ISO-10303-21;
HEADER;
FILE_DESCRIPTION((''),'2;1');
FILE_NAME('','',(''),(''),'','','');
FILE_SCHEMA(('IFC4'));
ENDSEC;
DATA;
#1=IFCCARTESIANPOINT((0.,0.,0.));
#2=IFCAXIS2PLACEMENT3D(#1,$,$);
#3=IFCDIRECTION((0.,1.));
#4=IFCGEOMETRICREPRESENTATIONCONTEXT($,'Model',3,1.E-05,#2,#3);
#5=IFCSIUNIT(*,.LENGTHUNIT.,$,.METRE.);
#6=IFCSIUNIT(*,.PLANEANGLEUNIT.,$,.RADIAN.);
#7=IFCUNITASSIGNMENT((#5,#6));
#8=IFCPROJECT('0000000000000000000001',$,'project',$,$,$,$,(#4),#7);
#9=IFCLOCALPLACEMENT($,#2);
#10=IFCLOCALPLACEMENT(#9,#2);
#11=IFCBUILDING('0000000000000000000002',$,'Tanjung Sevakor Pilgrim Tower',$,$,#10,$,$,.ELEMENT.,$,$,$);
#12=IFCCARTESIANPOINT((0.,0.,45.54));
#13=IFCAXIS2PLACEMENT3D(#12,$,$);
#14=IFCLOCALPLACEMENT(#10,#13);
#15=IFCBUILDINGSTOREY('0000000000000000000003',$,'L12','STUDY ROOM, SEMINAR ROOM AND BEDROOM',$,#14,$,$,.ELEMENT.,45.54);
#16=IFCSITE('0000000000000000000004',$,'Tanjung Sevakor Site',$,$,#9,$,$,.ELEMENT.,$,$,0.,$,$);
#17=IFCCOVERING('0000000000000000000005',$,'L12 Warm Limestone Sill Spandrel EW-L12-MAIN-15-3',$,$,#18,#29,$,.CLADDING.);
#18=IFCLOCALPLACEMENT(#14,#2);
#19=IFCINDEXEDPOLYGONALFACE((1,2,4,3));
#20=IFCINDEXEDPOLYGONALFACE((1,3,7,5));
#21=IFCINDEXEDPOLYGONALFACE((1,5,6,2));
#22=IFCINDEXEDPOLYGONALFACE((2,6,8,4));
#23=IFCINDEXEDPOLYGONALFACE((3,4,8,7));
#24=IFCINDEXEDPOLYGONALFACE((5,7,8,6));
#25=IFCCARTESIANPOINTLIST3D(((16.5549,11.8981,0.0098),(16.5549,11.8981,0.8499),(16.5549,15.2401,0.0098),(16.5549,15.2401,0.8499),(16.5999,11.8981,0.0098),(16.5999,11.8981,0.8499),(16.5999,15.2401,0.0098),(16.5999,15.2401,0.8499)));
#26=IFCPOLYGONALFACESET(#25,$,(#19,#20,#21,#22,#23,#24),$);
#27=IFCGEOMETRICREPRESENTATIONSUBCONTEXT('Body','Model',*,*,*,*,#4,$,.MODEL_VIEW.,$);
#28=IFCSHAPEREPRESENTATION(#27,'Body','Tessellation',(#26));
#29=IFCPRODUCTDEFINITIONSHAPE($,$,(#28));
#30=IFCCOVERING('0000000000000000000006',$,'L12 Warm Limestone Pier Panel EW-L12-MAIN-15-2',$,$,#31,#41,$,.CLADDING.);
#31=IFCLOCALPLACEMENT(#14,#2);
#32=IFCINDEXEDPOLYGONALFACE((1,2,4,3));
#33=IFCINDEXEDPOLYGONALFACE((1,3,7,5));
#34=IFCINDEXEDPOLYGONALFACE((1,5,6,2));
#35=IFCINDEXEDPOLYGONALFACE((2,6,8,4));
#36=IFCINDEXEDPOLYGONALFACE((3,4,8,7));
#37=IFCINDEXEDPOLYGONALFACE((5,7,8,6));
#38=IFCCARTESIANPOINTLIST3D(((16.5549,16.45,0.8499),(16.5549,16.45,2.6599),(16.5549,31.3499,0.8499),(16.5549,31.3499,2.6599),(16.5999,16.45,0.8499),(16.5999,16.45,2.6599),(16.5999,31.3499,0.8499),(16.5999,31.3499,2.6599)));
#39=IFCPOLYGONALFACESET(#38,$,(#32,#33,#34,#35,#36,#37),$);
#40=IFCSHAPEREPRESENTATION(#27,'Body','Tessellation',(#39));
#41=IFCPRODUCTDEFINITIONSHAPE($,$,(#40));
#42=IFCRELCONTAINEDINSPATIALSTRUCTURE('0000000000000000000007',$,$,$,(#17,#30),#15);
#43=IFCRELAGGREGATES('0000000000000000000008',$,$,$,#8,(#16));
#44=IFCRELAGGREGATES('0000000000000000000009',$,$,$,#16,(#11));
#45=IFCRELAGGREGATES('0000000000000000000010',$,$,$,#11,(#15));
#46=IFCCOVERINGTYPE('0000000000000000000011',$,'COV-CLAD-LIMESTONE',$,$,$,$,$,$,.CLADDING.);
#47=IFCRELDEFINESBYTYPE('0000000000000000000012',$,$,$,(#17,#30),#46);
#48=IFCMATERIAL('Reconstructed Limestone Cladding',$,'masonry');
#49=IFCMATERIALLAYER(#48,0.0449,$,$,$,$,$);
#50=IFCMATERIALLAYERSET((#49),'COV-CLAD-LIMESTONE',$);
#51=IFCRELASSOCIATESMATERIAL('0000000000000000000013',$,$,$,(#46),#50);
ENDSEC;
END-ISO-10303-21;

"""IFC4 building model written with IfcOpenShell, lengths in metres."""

from ifc_helpers import new_model, si_unit, direction, frame, origin, origin_2d, place, context, subcontext, project, spatial, rectangle, extrude, material, layer, layer_set, type_object, element, save


model = new_model("IFC4")

# Units and contexts
model_context = context("Model", 3, precision=1e-05, world=origin(), true_north=direction((0.0, 1.0)))
body_context = subcontext(model_context, "Body", "Model", "MODEL_VIEW")
ifc_project = project(units=[si_unit("LENGTHUNIT", "METRE"), si_unit("PLANEANGLEUNIT", "RADIAN")], contexts=[model_context])

# Site, building, storey
site_placement = place(None, origin())
site = spatial("IfcSite", under=ifc_project, at=site_placement, Name="Tanjung Sevakor Site", CompositionType="ELEMENT", RefElevation=0.0)
building_placement = place(site_placement, origin())
building = spatial("IfcBuilding", under=site, at=building_placement, Name="Tanjung Sevakor Pilgrim Tower", CompositionType="ELEMENT")
storey_placement = place(building_placement, frame((0.0, 0.0, 45.54)))
storey = spatial("IfcBuildingStorey", under=building, at=storey_placement, Name="L12", Description="STUDY ROOM, SEMINAR ROOM AND BEDROOM", CompositionType="ELEMENT", Elevation=45.54)

# Coverings
ifc_material_1 = material(Name="Reconstructed Limestone Cladding", Category="masonry")
ifc_layer_1 = layer(ifc_material_1, 0.0449)
ifc_layer_set_1 = layer_set([ifc_layer_1], Name="COV-CLAD-LIMESTONE")
covering_type = type_object("IfcCoveringType", Name="COV-CLAD-LIMESTONE", PredefinedType="CLADDING", material=ifc_layer_set_1)
covering_1_placement = place(storey_placement, frame((16.5774, 13.5691, 0.0098), z_axis=(0.0, 0.0, 1.0), x_axis=(0.0, -1.0, 0.0)))
element("IfcCovering", 1, at=covering_1_placement, inside=storey, type_object=covering_type, Name="L12 Warm Limestone Sill Spandrel EW-L12-MAIN-15-3", PredefinedType="CLADDING", context=body_context, shape_type="SweptSolid", body=[
    extrude(rectangle(XDim=3.342, YDim=0.0449, at=origin_2d()), origin(), (0.0, 0.0, 1.0), 0.8401),
])
covering_2_placement = place(storey_placement, frame((16.5774, 23.8999, 0.8499), z_axis=(0.0, 0.0, 1.0), x_axis=(0.0, -1.0, 0.0)))
element("IfcCovering", 2, at=covering_2_placement, inside=storey, type_object=covering_type, Name="L12 Warm Limestone Pier Panel EW-L12-MAIN-15-2", PredefinedType="CLADDING", context=body_context, shape_type="SweptSolid", body=[
    extrude(rectangle(XDim=14.8999, YDim=0.0449, at=origin_2d()), origin(), (0.0, 0.0, 1.0), 1.8101),
])

save(model, "model.ifc")
